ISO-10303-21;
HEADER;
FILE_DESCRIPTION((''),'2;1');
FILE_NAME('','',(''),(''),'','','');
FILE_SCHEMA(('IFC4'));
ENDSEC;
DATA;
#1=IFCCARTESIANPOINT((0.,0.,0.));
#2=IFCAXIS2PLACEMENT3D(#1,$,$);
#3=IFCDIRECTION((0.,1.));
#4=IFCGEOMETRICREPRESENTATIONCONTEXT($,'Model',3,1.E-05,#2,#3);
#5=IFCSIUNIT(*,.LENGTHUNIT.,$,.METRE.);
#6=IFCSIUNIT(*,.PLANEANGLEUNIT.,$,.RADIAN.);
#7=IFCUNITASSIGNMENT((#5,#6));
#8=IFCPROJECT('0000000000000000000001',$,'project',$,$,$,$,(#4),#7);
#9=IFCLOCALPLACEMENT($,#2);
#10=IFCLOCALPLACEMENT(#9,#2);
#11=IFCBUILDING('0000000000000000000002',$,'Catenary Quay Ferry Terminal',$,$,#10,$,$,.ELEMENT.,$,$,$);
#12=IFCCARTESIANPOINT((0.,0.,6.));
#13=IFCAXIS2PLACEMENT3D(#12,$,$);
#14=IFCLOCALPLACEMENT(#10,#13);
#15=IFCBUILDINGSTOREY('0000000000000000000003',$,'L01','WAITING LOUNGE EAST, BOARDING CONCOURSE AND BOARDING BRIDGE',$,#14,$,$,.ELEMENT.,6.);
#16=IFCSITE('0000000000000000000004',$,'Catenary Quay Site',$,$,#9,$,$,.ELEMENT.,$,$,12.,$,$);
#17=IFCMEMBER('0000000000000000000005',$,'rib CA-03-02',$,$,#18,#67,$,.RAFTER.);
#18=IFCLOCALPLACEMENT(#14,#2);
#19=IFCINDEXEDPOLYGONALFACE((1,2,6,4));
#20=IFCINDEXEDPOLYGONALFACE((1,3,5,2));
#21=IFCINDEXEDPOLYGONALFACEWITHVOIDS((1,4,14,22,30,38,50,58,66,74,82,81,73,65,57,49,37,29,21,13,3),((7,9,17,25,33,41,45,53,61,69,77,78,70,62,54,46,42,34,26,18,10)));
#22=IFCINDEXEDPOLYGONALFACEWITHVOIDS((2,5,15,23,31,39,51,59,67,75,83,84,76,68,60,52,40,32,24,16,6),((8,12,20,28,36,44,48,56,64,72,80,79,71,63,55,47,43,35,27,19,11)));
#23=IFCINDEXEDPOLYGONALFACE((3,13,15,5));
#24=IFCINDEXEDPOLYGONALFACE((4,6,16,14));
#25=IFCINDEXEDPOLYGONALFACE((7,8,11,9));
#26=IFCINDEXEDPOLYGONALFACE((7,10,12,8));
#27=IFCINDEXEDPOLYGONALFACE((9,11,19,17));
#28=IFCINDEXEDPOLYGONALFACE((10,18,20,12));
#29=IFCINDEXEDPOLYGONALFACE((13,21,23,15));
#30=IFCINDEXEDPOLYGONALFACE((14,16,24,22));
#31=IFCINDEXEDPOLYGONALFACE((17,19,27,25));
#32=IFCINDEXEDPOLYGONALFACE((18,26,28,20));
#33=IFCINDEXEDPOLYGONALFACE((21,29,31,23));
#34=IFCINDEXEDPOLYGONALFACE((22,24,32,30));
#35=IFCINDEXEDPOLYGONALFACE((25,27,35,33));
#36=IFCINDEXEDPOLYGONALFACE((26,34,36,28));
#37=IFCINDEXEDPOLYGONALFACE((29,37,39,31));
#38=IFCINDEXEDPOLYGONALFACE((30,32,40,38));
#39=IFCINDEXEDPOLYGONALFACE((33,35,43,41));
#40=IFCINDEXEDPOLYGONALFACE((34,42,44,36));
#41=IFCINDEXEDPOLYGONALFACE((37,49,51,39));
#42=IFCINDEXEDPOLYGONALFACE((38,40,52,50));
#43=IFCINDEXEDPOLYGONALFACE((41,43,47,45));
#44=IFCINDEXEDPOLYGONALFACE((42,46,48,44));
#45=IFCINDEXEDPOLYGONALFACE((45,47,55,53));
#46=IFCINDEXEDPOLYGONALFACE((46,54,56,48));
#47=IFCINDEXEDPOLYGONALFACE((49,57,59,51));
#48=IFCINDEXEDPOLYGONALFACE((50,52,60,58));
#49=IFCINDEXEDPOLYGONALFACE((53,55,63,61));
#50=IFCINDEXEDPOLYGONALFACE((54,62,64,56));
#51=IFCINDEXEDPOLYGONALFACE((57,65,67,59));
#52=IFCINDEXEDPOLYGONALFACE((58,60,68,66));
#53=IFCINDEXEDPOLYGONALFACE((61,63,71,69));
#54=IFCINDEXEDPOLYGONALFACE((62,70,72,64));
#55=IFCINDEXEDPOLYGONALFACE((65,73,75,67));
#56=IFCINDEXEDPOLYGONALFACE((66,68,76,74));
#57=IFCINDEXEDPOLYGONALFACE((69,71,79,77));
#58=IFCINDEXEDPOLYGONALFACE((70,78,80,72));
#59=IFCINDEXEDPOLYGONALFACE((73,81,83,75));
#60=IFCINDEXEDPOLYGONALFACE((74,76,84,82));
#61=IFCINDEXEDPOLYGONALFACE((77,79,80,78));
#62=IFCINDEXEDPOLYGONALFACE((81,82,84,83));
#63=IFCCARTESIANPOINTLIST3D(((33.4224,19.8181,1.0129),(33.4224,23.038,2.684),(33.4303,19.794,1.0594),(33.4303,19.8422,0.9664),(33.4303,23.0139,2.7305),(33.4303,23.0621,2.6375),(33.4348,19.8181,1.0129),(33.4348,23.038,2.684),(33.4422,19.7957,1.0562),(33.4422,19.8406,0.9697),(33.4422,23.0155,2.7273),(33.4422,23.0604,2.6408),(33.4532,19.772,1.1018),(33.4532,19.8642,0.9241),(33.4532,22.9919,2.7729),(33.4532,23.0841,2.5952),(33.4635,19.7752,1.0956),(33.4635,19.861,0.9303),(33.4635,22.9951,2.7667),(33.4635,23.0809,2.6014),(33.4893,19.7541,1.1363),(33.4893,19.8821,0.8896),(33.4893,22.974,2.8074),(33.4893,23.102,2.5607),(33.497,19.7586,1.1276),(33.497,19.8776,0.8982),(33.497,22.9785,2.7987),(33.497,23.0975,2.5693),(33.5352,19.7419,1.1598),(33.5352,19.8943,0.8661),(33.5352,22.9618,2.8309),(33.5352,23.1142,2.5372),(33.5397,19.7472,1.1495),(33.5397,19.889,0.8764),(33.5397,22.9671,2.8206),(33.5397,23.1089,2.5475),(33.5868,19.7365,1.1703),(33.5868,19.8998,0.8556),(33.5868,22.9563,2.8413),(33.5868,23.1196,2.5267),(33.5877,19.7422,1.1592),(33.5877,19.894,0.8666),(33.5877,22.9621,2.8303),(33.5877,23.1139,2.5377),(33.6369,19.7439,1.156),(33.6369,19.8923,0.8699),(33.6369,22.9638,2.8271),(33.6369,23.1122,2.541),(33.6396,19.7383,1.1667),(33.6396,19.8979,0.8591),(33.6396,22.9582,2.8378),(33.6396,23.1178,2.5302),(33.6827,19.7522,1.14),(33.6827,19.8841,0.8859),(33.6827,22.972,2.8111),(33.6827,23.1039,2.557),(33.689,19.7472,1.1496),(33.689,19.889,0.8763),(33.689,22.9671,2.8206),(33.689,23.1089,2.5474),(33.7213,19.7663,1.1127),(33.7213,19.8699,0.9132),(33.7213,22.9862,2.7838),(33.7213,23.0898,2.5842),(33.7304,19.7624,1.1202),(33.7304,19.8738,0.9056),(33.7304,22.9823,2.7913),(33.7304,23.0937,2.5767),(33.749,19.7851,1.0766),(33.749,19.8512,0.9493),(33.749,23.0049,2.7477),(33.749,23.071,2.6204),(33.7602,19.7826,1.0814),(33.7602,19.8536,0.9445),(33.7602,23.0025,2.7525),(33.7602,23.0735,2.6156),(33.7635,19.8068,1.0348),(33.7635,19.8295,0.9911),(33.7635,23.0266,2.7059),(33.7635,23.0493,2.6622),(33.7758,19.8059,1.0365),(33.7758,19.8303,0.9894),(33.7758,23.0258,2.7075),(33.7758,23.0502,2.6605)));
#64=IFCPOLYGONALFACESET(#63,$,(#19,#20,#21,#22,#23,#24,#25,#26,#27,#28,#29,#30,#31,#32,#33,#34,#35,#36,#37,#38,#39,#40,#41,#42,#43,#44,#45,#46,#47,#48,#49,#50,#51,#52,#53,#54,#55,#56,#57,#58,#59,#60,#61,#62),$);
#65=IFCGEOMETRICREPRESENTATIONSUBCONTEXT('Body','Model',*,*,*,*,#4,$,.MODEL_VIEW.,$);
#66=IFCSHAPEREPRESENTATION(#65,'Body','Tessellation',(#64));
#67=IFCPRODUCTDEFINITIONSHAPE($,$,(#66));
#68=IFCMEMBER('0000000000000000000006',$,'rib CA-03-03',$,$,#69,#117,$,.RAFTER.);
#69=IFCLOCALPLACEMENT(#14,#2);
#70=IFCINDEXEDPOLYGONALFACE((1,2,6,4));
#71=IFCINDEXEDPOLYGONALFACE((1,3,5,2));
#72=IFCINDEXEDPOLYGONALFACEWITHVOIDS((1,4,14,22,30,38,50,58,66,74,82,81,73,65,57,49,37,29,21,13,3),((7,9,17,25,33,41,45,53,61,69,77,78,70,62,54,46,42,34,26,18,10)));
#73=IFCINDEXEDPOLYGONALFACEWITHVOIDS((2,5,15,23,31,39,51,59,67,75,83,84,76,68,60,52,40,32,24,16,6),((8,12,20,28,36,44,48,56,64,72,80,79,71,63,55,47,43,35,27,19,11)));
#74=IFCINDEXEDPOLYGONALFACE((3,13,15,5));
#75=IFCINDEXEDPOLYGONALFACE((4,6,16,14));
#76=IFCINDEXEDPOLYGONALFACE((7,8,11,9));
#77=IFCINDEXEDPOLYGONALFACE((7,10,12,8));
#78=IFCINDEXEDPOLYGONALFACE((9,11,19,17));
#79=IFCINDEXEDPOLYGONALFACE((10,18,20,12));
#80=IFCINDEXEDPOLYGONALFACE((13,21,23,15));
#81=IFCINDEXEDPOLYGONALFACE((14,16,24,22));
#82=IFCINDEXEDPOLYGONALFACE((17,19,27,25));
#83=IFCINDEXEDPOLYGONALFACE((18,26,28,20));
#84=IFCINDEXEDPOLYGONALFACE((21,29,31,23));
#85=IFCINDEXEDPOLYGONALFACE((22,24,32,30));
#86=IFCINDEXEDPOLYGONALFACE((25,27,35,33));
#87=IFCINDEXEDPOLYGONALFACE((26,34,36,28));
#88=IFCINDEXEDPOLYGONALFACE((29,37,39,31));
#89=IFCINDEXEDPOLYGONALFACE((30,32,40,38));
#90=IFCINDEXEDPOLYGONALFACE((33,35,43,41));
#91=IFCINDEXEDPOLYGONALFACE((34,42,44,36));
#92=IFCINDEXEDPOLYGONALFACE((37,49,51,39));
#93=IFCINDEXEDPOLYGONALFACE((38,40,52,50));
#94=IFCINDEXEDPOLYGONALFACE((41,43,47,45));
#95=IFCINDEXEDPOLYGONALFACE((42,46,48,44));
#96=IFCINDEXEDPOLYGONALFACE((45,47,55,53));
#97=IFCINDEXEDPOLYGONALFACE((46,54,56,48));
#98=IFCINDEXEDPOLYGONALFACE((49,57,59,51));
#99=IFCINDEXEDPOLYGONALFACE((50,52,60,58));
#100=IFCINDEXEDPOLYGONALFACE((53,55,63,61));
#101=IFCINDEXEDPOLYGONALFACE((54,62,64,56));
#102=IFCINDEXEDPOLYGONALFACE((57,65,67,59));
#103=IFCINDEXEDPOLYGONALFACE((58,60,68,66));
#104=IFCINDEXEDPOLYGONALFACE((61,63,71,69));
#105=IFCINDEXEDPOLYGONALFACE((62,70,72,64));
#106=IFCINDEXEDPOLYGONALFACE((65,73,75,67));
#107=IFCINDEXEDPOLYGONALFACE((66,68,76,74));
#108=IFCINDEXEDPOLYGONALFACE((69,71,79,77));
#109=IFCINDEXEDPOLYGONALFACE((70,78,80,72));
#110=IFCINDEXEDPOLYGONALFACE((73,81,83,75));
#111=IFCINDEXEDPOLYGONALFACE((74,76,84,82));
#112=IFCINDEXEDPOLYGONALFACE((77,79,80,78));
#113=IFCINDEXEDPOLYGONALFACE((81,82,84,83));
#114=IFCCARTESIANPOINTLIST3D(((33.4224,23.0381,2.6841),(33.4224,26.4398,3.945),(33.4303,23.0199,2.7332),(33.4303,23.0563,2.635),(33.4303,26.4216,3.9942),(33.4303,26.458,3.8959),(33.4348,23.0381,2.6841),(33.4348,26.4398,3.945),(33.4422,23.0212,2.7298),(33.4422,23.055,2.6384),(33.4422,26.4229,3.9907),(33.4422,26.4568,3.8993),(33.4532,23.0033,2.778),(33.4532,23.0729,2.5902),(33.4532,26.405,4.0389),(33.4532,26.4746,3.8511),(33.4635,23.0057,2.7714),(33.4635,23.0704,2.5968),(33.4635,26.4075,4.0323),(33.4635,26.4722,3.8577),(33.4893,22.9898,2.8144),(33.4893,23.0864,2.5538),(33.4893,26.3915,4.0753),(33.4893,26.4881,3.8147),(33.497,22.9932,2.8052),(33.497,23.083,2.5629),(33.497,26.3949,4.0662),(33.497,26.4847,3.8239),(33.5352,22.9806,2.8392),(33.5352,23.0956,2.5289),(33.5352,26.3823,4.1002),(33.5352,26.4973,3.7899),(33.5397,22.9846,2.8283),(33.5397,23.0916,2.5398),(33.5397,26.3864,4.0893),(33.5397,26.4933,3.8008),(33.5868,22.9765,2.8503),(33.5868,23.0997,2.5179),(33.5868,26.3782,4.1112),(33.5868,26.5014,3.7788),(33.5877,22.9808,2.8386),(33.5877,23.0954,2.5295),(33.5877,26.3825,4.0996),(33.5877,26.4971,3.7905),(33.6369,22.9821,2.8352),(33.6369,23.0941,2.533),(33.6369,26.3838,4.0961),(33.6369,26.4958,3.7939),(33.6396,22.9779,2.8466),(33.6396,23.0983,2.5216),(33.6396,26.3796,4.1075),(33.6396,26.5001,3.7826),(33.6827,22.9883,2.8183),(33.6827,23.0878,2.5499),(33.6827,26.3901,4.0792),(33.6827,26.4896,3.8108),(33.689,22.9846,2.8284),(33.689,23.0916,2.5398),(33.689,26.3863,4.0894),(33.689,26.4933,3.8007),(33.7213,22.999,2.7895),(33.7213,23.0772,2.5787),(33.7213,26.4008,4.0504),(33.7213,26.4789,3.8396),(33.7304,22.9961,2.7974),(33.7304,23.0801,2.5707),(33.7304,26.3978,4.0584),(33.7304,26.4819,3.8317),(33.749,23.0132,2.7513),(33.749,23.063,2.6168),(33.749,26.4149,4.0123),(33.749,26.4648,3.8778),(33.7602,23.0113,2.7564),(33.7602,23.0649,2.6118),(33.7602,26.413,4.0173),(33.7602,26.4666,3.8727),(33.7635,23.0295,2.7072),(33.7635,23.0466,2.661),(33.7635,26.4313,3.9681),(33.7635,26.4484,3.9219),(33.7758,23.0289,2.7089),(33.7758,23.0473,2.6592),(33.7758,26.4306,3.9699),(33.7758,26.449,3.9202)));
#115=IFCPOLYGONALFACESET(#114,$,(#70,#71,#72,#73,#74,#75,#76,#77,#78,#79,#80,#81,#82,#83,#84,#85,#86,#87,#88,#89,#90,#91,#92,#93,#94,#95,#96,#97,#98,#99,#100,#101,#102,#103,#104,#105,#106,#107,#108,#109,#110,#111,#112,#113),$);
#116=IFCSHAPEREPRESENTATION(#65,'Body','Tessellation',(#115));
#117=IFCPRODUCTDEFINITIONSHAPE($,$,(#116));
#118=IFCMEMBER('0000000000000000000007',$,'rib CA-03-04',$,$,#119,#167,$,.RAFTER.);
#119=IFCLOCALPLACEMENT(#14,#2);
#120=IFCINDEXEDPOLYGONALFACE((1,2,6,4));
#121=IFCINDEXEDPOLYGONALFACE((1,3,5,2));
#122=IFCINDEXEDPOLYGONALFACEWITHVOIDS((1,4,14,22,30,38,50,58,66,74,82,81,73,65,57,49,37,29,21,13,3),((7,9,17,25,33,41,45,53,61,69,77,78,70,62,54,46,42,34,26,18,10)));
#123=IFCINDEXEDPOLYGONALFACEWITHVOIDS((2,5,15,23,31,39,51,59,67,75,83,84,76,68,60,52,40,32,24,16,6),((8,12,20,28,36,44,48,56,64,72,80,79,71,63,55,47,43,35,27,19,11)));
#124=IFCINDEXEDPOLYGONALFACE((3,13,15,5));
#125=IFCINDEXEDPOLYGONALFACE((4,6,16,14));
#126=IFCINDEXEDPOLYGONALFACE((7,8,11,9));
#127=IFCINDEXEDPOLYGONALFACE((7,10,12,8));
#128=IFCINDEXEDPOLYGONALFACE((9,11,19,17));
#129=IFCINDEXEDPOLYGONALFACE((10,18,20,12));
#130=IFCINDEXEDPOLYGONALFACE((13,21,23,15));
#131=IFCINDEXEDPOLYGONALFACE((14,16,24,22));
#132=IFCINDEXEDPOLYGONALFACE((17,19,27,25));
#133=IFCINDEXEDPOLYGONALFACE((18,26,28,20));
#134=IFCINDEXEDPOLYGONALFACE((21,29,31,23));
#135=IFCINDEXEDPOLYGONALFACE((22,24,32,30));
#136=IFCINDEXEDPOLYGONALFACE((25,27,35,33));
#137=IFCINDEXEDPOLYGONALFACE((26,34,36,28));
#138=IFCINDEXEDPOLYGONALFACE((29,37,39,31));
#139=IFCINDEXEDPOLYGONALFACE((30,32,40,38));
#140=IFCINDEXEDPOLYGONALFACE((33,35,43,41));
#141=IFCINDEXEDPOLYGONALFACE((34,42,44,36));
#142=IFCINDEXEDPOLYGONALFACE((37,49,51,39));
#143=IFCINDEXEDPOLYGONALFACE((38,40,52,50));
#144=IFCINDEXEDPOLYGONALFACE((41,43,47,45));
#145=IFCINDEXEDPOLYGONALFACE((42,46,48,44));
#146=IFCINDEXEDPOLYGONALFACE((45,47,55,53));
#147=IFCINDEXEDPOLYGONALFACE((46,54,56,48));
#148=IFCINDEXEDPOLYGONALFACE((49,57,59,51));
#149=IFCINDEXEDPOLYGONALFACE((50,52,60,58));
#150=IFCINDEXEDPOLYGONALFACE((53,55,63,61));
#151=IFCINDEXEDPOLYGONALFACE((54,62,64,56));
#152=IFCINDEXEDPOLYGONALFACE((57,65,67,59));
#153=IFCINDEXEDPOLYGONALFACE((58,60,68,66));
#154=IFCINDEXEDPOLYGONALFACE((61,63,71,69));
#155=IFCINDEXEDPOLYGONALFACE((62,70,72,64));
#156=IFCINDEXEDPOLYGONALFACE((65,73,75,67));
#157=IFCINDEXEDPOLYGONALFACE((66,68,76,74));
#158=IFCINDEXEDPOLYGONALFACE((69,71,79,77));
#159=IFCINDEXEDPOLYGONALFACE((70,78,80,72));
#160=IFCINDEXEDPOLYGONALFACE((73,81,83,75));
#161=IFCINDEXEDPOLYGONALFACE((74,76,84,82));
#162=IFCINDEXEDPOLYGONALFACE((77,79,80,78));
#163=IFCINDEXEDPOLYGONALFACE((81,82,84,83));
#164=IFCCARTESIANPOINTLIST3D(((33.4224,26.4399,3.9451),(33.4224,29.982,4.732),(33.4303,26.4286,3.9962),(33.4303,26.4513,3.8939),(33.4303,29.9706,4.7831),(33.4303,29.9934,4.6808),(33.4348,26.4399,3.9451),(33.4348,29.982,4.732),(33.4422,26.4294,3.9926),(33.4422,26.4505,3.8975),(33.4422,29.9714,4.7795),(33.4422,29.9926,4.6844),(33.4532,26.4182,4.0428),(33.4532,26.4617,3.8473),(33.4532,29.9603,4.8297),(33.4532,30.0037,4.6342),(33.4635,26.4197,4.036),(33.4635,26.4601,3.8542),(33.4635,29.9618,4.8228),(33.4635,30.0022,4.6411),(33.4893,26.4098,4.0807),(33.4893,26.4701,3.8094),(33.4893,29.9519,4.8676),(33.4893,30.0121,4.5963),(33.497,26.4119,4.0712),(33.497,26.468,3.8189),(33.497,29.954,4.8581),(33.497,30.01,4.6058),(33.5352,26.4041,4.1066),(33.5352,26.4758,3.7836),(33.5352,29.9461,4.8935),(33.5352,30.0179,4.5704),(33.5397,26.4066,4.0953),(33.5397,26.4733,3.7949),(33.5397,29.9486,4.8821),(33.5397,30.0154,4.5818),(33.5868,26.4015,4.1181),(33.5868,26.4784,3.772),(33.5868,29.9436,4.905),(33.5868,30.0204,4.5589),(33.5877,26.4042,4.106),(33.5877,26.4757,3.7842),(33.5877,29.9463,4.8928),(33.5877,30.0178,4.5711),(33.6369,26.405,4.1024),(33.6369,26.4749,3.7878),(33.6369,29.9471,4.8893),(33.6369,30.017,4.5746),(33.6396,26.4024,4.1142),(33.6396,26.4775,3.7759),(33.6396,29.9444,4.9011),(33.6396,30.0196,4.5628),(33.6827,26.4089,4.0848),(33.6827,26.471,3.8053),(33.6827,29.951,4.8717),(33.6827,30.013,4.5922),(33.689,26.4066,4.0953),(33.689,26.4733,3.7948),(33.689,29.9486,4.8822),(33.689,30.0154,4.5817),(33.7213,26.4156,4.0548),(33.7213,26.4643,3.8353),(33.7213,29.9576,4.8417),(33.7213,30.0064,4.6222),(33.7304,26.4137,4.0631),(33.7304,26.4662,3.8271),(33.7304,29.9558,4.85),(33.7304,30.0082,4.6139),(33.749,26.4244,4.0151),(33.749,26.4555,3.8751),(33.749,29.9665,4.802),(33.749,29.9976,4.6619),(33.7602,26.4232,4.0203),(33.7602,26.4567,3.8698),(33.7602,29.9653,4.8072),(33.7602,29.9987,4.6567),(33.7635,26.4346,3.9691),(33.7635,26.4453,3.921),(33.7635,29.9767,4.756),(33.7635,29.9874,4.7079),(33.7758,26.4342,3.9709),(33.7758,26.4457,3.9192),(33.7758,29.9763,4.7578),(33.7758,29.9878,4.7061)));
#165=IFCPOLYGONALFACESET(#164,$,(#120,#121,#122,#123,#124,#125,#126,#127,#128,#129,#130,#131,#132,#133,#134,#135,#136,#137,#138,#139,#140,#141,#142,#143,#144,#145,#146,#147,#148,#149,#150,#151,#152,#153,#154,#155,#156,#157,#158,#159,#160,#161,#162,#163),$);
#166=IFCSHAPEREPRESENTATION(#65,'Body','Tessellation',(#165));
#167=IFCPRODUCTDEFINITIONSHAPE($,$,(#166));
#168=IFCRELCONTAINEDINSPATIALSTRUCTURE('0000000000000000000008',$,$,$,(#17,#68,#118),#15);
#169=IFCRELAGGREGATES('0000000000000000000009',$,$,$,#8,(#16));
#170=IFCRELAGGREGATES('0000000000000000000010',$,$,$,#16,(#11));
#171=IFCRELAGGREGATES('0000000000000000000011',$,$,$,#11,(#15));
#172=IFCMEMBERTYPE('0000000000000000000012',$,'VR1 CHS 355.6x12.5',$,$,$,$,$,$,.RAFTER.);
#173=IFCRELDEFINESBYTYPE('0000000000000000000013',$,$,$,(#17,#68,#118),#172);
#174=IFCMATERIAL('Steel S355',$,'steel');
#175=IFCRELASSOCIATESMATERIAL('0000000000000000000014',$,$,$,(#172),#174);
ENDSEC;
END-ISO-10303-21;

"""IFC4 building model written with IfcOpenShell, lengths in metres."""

from ifc_helpers import new_model, si_unit, direction, frame, origin, origin_2d, place, context, subcontext, project, spatial, hollow_circle, extrude, material, material_profile, profile_set, type_object, element, save


model = new_model("IFC4")

# Units and contexts
model_context = context("Model", 3, precision=1e-05, world=origin(), true_north=direction((0.0, 1.0)))
body_context = subcontext(model_context, "Body", "Model", "MODEL_VIEW")
ifc_project = project(units=[si_unit("LENGTHUNIT", "METRE"), si_unit("PLANEANGLEUNIT", "RADIAN")], contexts=[model_context])

# Site, building, storey
site_placement = place(None, origin())
site = spatial("IfcSite", under=ifc_project, at=site_placement, Name="Catenary Quay Site", CompositionType="ELEMENT", RefElevation=12.0)
building_placement = place(site_placement, origin())
building = spatial("IfcBuilding", under=site, at=building_placement, Name="Catenary Quay Ferry Terminal", CompositionType="ELEMENT")
storey_placement = place(building_placement, frame((0.0, 0.0, 6.0)))
storey = spatial("IfcBuildingStorey", under=building, at=storey_placement, Name="L01", Description="WAITING LOUNGE EAST, BOARDING CONCOURSE AND BOARDING BRIDGE", CompositionType="ELEMENT", Elevation=6.0)

# Members
ifc_material_1 = material(Name="Steel S355", Category="steel")
ifc_material_profile_1 = material_profile(ifc_material_1, hollow_circle(Radius=0.1777, WallThickness=0.0125, at=origin_2d()), Name="CHS 355.6x12.5")
ifc_profile_set_1 = profile_set([ifc_material_profile_1], Name="Steel S355")
member_type_1 = type_object("IfcMemberType", Name="VR1 CHS 355.6x12.5", PredefinedType="RAFTER", material=ifc_profile_set_1)
member_1_placement = place(storey_placement, frame((33.6001, 19.8181, 1.0129), z_axis=(0.0, 0.887582, 0.460649), x_axis=(-1.0, 0.0, 0.0)))
element("IfcMember", 1, at=member_1_placement, inside=storey, type_object=member_type_1, Name="rib CA-03-02", PredefinedType="RAFTER", context=body_context, shape_type="SweptSolid", body=[
    extrude(hollow_circle(Radius=0.1777, WallThickness=0.0125, at=origin_2d()), origin(), (0.0, 0.0, 1.0), 3.6277),
])
member_2_placement = place(storey_placement, frame((33.6001, 23.0381, 2.6841), z_axis=(0.0, 0.937655, 0.347566), x_axis=(-1.0, 0.0, 0.0)))
element("IfcMember", 2, at=member_2_placement, inside=storey, type_object=member_type_1, Name="rib CA-03-03", PredefinedType="RAFTER", context=body_context, shape_type="SweptSolid", body=[
    extrude(hollow_circle(Radius=0.1777, WallThickness=0.0125, at=origin_2d()), origin(), (0.0, 0.0, 1.0), 3.6279),
])
member_3_placement = place(storey_placement, frame((33.6001, 26.4399, 3.9451), z_axis=(0.0, 0.976201, 0.216866), x_axis=(-1.0, 0.0, 0.0)))
element("IfcMember", 3, at=member_3_placement, inside=storey, type_object=member_type_1, Name="rib CA-03-04", PredefinedType="RAFTER", context=body_context, shape_type="SweptSolid", body=[
    extrude(hollow_circle(Radius=0.1777, WallThickness=0.0125, at=origin_2d()), origin(), (0.0, 0.0, 1.0), 3.6284),
])

save(model, "model.ifc")
